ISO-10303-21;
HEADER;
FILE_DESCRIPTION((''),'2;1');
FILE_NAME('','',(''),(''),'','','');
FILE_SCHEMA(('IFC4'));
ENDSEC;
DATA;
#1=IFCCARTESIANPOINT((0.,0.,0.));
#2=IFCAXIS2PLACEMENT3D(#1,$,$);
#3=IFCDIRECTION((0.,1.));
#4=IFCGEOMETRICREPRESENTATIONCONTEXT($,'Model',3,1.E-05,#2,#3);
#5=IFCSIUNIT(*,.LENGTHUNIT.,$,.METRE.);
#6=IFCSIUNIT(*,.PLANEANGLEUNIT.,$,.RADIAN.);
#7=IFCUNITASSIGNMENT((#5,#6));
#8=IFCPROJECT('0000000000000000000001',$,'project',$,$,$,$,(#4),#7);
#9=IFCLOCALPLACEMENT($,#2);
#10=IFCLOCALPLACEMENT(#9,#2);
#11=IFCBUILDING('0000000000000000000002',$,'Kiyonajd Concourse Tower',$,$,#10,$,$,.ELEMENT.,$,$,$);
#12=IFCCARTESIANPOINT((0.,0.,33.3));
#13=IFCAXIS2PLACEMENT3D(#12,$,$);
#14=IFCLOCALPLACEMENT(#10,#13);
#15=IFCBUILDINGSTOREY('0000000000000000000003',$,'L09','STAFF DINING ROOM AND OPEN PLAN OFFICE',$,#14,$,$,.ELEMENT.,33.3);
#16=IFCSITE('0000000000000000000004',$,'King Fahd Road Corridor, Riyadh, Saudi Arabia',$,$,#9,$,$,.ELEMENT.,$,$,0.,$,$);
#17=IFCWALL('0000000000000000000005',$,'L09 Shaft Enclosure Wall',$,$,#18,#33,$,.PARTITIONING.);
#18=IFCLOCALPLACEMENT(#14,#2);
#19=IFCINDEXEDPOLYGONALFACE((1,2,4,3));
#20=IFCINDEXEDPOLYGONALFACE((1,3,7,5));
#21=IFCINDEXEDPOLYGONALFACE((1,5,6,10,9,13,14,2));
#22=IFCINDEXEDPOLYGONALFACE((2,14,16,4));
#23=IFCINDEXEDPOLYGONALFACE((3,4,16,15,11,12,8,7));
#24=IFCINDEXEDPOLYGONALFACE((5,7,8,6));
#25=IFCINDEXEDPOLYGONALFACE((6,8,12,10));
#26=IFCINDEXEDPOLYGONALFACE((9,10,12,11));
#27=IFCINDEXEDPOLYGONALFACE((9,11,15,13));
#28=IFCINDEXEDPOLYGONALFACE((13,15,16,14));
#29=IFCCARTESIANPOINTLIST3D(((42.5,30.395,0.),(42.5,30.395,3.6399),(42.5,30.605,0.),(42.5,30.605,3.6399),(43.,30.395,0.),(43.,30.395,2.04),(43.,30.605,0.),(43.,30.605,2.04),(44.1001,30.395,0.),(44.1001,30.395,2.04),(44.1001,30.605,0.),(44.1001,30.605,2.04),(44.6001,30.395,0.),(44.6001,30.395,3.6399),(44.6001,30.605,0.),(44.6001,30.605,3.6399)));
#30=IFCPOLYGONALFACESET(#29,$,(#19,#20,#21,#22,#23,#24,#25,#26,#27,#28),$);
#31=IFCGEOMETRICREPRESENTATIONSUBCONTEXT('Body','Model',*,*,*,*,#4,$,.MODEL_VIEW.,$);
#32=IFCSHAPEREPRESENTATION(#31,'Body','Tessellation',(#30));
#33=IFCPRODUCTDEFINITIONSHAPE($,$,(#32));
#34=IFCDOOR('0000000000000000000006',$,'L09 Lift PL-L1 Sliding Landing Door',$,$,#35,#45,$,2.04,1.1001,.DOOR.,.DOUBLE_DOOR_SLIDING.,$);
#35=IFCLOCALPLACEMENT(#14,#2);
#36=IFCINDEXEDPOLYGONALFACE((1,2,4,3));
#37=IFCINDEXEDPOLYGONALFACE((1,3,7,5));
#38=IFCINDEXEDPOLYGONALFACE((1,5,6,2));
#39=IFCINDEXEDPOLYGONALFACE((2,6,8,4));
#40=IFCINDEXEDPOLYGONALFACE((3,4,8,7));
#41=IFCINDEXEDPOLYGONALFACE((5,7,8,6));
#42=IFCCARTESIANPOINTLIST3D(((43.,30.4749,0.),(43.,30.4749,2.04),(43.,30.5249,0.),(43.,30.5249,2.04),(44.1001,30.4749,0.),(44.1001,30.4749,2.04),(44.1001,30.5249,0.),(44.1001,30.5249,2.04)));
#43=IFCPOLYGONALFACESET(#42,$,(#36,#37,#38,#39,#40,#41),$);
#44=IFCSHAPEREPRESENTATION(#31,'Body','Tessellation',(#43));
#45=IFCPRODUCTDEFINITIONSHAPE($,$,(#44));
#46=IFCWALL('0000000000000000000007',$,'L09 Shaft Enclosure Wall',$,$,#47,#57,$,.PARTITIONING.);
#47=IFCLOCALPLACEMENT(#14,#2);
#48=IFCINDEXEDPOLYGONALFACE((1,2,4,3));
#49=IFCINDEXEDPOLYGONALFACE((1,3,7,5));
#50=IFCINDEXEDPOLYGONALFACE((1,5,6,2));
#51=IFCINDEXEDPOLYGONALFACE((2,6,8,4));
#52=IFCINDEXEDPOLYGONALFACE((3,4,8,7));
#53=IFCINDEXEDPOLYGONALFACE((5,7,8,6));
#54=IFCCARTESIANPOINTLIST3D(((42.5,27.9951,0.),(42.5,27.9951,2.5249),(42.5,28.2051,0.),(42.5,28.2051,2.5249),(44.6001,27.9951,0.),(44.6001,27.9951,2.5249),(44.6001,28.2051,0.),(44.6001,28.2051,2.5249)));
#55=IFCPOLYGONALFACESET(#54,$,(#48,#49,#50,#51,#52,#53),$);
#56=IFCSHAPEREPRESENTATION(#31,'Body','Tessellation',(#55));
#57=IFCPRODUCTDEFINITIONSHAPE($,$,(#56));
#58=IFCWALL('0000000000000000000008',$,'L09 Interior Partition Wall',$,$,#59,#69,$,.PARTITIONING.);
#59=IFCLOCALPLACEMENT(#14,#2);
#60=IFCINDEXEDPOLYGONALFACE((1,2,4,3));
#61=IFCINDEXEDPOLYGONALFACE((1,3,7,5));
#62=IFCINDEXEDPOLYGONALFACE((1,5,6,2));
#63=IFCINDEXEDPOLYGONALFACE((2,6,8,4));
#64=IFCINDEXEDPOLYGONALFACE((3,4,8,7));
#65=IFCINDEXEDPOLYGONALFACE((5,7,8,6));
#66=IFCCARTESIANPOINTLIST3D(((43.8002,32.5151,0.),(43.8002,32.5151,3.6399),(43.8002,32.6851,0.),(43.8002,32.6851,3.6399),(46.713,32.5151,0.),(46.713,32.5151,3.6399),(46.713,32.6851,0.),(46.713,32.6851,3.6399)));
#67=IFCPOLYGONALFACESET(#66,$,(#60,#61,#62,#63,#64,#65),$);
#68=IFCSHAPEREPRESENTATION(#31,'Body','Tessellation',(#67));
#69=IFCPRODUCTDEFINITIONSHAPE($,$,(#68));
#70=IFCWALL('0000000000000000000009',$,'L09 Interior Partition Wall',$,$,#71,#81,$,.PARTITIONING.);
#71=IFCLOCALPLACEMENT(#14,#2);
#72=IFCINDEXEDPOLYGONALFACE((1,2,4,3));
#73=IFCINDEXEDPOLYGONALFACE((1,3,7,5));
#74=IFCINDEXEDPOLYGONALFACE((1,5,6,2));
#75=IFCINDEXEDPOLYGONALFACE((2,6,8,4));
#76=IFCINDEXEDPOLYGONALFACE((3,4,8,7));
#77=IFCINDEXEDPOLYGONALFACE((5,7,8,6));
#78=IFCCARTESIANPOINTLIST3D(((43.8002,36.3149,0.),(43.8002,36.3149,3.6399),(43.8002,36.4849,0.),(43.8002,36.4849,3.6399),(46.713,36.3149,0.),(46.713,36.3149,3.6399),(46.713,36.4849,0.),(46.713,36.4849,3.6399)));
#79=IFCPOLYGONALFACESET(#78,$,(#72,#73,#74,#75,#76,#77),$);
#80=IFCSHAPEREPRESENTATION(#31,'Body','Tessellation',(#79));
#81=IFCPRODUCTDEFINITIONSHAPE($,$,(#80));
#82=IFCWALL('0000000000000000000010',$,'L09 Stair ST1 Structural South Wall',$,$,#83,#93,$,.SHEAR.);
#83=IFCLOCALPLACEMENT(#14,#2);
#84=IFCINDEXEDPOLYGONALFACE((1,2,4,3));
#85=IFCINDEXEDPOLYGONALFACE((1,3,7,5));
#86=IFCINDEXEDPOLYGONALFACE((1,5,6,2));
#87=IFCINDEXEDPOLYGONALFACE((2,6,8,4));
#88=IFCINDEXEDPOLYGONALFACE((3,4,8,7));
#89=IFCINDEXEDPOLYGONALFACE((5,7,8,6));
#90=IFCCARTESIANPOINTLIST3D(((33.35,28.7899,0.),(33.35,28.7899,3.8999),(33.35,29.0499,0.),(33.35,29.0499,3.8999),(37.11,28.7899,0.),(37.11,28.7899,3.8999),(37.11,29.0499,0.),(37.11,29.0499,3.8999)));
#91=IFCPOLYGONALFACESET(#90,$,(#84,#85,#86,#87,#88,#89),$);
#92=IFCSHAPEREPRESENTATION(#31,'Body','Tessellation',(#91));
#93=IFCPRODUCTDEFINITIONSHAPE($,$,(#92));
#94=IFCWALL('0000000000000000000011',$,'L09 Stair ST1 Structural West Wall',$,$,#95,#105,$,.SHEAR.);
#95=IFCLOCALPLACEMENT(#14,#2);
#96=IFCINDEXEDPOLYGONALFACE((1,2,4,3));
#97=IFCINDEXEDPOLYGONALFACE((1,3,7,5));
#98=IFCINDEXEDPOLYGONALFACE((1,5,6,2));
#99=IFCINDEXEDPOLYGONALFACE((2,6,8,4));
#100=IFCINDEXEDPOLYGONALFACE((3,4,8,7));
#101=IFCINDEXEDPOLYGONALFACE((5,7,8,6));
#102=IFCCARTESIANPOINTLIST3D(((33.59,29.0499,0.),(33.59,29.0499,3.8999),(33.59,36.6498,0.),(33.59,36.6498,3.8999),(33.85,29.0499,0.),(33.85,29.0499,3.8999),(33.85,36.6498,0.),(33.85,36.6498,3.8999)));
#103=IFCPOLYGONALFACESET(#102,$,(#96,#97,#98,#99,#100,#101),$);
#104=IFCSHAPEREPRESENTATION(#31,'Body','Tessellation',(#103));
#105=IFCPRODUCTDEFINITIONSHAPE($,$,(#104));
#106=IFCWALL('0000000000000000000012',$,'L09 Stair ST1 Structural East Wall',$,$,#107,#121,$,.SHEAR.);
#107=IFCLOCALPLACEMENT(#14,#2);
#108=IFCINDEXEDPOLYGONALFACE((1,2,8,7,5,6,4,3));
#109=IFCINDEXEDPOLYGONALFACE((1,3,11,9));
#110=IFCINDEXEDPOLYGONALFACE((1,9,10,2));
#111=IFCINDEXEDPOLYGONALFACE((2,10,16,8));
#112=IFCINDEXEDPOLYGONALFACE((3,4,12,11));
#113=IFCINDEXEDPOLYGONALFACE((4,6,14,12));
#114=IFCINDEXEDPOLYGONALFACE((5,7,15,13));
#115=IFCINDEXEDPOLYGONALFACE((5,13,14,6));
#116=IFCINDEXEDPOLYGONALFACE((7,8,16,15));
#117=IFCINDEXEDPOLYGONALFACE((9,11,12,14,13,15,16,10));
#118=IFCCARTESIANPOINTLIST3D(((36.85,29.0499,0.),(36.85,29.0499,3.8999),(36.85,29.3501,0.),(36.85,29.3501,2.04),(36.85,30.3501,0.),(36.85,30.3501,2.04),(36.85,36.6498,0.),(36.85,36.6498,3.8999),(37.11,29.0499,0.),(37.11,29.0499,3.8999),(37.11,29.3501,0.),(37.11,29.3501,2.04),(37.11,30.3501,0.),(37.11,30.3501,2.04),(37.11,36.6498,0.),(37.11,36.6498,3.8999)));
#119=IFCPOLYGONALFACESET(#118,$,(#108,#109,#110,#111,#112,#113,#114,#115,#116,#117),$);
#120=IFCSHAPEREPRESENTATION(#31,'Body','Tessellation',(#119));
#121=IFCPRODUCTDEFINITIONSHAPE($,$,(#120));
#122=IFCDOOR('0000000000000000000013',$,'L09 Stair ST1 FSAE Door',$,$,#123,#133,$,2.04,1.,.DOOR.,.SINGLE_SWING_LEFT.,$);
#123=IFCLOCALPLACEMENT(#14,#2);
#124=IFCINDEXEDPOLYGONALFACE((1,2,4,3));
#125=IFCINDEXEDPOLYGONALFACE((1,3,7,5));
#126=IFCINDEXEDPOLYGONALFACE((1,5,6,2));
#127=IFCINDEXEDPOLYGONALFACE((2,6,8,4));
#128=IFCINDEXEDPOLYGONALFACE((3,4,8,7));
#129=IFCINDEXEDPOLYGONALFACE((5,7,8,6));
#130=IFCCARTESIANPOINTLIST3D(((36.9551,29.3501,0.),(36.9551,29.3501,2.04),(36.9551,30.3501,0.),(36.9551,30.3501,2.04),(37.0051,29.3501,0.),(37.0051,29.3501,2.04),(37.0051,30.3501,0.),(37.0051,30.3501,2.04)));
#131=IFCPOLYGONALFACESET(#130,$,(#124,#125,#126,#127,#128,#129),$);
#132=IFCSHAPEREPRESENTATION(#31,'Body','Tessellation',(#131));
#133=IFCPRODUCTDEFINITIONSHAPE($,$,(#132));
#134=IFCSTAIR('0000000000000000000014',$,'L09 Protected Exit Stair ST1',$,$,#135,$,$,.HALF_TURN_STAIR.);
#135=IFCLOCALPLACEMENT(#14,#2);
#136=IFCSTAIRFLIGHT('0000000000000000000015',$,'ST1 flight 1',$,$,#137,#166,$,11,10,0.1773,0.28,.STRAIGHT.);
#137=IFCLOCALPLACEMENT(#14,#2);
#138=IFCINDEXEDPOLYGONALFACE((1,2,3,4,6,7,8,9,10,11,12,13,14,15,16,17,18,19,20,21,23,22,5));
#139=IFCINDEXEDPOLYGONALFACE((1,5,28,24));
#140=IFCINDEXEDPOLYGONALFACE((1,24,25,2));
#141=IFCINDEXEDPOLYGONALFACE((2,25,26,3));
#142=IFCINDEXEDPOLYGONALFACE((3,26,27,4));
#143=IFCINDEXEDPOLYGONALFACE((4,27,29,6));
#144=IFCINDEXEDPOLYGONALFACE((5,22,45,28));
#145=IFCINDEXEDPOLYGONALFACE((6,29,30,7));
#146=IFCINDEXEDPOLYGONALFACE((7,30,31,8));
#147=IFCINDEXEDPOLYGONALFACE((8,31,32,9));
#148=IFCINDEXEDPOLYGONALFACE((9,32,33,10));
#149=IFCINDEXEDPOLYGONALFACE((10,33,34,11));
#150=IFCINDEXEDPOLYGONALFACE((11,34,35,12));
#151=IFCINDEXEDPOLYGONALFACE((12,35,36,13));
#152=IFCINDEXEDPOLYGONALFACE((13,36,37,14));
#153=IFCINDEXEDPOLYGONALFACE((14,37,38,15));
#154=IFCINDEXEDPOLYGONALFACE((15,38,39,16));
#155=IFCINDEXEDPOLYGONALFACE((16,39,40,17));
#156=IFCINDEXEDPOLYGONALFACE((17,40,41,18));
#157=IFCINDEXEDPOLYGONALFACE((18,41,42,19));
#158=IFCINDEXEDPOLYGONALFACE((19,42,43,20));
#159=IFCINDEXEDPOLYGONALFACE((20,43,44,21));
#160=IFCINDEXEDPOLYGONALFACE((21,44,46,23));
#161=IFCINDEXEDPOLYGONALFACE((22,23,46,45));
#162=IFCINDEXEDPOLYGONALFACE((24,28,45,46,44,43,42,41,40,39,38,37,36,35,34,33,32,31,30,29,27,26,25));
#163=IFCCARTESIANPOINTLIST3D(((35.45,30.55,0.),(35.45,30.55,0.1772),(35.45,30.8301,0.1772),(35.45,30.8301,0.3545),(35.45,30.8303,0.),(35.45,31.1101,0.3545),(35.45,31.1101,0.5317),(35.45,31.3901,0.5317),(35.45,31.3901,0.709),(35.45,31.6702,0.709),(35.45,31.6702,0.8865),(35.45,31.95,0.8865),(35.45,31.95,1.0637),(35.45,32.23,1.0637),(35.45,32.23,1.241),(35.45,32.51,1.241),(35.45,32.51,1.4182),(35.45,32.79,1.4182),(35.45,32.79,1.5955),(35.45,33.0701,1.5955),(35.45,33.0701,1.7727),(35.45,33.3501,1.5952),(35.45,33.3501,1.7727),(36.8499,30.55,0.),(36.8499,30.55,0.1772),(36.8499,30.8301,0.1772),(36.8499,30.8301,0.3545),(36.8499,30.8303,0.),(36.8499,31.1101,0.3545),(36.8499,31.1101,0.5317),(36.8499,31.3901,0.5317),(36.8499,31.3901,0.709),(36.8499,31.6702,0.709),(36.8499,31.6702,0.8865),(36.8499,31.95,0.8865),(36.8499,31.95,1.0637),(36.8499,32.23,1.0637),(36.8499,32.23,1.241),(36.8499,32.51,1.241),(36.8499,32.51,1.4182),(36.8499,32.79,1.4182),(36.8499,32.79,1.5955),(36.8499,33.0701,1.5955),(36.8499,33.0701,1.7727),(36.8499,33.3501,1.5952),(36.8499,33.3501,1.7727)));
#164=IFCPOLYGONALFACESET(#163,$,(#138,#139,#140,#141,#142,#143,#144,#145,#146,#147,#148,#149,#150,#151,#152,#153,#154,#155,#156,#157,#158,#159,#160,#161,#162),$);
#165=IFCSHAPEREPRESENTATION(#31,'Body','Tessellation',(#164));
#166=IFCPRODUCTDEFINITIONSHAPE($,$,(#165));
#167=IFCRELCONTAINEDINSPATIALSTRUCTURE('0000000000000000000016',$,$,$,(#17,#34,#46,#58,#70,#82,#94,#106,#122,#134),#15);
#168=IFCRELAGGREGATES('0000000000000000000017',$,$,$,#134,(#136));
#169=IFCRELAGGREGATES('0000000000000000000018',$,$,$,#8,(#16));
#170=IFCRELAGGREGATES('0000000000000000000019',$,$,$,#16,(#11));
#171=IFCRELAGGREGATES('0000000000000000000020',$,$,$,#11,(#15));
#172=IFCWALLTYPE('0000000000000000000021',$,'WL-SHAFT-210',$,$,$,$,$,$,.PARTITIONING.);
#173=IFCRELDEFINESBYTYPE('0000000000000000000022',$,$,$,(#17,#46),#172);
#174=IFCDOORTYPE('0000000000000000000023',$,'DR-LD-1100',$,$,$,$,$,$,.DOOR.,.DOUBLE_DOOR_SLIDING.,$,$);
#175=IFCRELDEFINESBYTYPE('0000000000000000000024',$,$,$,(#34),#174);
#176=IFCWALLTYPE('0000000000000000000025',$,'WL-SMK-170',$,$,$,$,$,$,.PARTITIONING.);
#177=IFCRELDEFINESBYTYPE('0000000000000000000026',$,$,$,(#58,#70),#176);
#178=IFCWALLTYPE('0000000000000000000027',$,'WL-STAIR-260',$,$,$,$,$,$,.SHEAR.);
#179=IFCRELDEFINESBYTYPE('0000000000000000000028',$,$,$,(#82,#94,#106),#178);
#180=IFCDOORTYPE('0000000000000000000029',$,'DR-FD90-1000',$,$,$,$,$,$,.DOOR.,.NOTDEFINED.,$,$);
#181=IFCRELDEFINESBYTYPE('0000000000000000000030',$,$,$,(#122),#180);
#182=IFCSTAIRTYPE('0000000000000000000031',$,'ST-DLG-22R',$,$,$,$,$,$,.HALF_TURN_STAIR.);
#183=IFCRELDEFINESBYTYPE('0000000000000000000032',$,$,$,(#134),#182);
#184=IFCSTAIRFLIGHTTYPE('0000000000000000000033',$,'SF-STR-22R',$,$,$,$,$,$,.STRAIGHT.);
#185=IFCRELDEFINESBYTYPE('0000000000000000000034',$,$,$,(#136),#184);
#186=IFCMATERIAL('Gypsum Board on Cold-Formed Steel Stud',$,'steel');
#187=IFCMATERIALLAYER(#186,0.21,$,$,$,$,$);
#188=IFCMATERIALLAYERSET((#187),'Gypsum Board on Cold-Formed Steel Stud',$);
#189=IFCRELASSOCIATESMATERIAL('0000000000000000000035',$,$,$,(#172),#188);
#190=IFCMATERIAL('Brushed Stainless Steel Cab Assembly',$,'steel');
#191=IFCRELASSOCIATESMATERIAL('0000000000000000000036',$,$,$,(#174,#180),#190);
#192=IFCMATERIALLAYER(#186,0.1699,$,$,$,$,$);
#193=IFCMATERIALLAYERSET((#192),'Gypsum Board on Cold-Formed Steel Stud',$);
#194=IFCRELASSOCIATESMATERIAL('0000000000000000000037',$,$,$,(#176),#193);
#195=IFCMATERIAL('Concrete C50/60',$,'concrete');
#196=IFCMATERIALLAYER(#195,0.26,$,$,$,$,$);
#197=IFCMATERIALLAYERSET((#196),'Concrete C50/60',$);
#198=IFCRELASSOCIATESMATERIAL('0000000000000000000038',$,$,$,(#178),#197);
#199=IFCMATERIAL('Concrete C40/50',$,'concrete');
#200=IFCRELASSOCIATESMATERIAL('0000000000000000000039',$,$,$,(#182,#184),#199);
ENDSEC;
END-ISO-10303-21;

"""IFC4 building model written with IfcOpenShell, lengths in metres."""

from ifc_helpers import new_model, si_unit, direction, frame, frame_2d, origin, place, context, subcontext, project, spatial, polyline, rectangle, outline, extrude, material, layer, layer_set, type_object, element, fill, aggregate, save


model = new_model("IFC4")

# Units and contexts
model_context = context("Model", 3, precision=1e-05, world=origin(), true_north=direction((0.0, 1.0)))
body_context = subcontext(model_context, "Body", "Model", "MODEL_VIEW")
ifc_project = project(units=[si_unit("LENGTHUNIT", "METRE"), si_unit("PLANEANGLEUNIT", "RADIAN")], contexts=[model_context])

# Site, building, storey
site_placement = place(None, origin())
site = spatial("IfcSite", under=ifc_project, at=site_placement, Name="King Fahd Road Corridor, Riyadh, Saudi Arabia", CompositionType="ELEMENT", RefElevation=0.0)
building_placement = place(site_placement, origin())
building = spatial("IfcBuilding", under=site, at=building_placement, Name="Kiyonajd Concourse Tower", CompositionType="ELEMENT")
storey_placement = place(building_placement, frame((0.0, 0.0, 33.3)))
storey = spatial("IfcBuildingStorey", under=building, at=storey_placement, Name="L09", Description="STAFF DINING ROOM AND OPEN PLAN OFFICE", CompositionType="ELEMENT", Elevation=33.3)

# Shared definitions
ifc_material_1 = material(Name="Concrete C50/60", Category="concrete")

# Shared definitions
ifc_material_2 = material(Name="Gypsum Board on Cold-Formed Steel Stud", Category="steel")

# Shared definitions
ifc_layer_1 = layer(ifc_material_2, 0.21)
ifc_layer_set_1 = layer_set([ifc_layer_1], Name="Gypsum Board on Cold-Formed Steel Stud")
wall_type_1 = type_object("IfcWallType", Name="WL-SHAFT-210", PredefinedType="PARTITIONING", material=ifc_layer_set_1)
ifc_material_3 = material(Name="Brushed Stainless Steel Cab Assembly", Category="steel")

# Wall, opening, door
wall_1_placement = place(storey_placement, frame((42.5, 30.5, 0.0), z_axis=(0.0, 0.0, 1.0), x_axis=(1.0, 0.0, 0.0)))
wall_1 = element("IfcWall", 1, at=wall_1_placement, inside=storey, type_object=wall_type_1, Name="L09 Shaft Enclosure Wall", PredefinedType="PARTITIONING", context=body_context, shape_type="SweptSolid", body=[
    extrude(rectangle(XDim=2.1001, YDim=0.21, at=frame_2d((1.05, 0.0))), origin(), (0.0, 0.0, 1.0), 3.6399),
])
opening_1_placement = place(wall_1_placement, frame((0.5, 0.0, 0.0)))
opening_1 = element("IfcOpeningElement", 2, at=opening_1_placement, cuts=wall_1, PredefinedType="OPENING", context=body_context, shape_type="SweptSolid", body=[
    extrude(rectangle(XDim=1.1001, YDim=2.04, at=frame_2d((0.55, 1.02))), frame((0.0, 0.115, 0.0), z_axis=(0.0, -1.0, 0.0), x_axis=(1.0, 0.0, 0.0)), (0.0, 0.0, 1.0), 0.23),
])
door_type_1 = type_object("IfcDoorType", Name="DR-LD-1100", OperationType="DOUBLE_DOOR_SLIDING", PredefinedType="DOOR", material=ifc_material_3)
door_1_placement = place(opening_1_placement, origin())
door_1 = element("IfcDoor", 3, at=door_1_placement, inside=storey, type_object=door_type_1, Name="L09 Lift PL-L1 Sliding Landing Door", OperationType="DOUBLE_DOOR_SLIDING", OverallHeight=2.04, OverallWidth=1.1001, PredefinedType="DOOR", context=body_context, shape_type="SweptSolid", body=[
    extrude(rectangle(XDim=1.1001, YDim=2.04, at=frame_2d((0.55, 1.02))), frame((0.0, 0.0249, 0.0), z_axis=(0.0, -1.0, 0.0), x_axis=(1.0, 0.0, 0.0)), (0.0, 0.0, 1.0), 0.05),
])
fill(opening_1, door_1)

# Walls
wall_2_placement = place(storey_placement, frame((42.5, 28.1001, 0.0), z_axis=(0.0, 0.0, 1.0), x_axis=(1.0, 0.0, 0.0)))
element("IfcWall", 4, at=wall_2_placement, inside=storey, type_object=wall_type_1, Name="L09 Shaft Enclosure Wall", PredefinedType="PARTITIONING", context=body_context, shape_type="SweptSolid", body=[
    extrude(rectangle(XDim=2.1001, YDim=0.21, at=frame_2d((1.05, 0.0))), origin(), (0.0, 0.0, 1.0), 2.5249),
])
ifc_layer_2 = layer(ifc_material_2, 0.1699)
ifc_layer_set_2 = layer_set([ifc_layer_2], Name="Gypsum Board on Cold-Formed Steel Stud")
wall_type_2 = type_object("IfcWallType", Name="WL-SMK-170", PredefinedType="PARTITIONING", material=ifc_layer_set_2)
for number, where, z_axis, x_axis, name in (
    (5, (43.8, 32.6001, 0.0), (0.0, 0.0, 1.0), (1.0, 0.0, 0.0), "L09 Interior Partition Wall"),
    (6, (43.8, 36.3999, 0.0), (0.0, 0.0, 1.0), (1.0, 0.0, 0.0), "L09 Interior Partition Wall"),
):
    element("IfcWall", number, at=place(storey_placement, frame(where, z_axis=z_axis, x_axis=x_axis)), inside=storey, type_object=wall_type_2, Name=name, PredefinedType="PARTITIONING", context=body_context, shape_type="SweptSolid", body=[
        extrude(rectangle(XDim=2.9128, YDim=0.1699, at=frame_2d((1.4565, 0.0))), origin(), (0.0, 0.0, 1.0), 3.6399),
    ])
ifc_layer_3 = layer(ifc_material_1, 0.26)
ifc_layer_set_3 = layer_set([ifc_layer_3], Name="Concrete C50/60")
wall_type_3 = type_object("IfcWallType", Name="WL-STAIR-260", PredefinedType="SHEAR", material=ifc_layer_set_3)
wall_3_placement = place(storey_placement, frame((33.3501, 28.9199, 0.0), z_axis=(0.0, 0.0, 1.0), x_axis=(1.0, 0.0, 0.0)))
element("IfcWall", 7, at=wall_3_placement, inside=storey, type_object=wall_type_3, Name="L09 Stair ST1 Structural South Wall", PredefinedType="SHEAR", context=body_context, shape_type="SweptSolid", body=[
    extrude(rectangle(XDim=3.76, YDim=0.26, at=frame_2d((1.8799, 0.0))), origin(), (0.0, 0.0, 1.0), 3.8999),
])
wall_4_placement = place(storey_placement, frame((33.72, 29.05, 0.0), z_axis=(0.0, 0.0, 1.0), x_axis=(0.0, 1.0, 0.0)))
element("IfcWall", 8, at=wall_4_placement, inside=storey, type_object=wall_type_3, Name="L09 Stair ST1 Structural West Wall", PredefinedType="SHEAR", context=body_context, shape_type="SweptSolid", body=[
    extrude(rectangle(XDim=7.5999, YDim=0.26, at=frame_2d((3.7998, 0.0))), origin(), (0.0, 0.0, 1.0), 3.8999),
])

# Wall, opening, door
wall_5_placement = place(storey_placement, frame((36.98, 29.05, 0.0), z_axis=(0.0, 0.0, 1.0), x_axis=(0.0, 1.0, 0.0)))
wall_5 = element("IfcWall", 9, at=wall_5_placement, inside=storey, type_object=wall_type_3, Name="L09 Stair ST1 Structural East Wall", PredefinedType="SHEAR", context=body_context, shape_type="SweptSolid", body=[
    extrude(rectangle(XDim=7.5999, YDim=0.26, at=frame_2d((3.7998, 0.0))), origin(), (0.0, 0.0, 1.0), 3.8999),
])
opening_2_placement = place(wall_5_placement, frame((0.3, 0.0, 0.0)))
opening_2 = element("IfcOpeningElement", 10, at=opening_2_placement, cuts=wall_5, PredefinedType="OPENING", context=body_context, shape_type="SweptSolid", body=[
    extrude(rectangle(XDim=1.0, YDim=2.04, at=frame_2d((0.5, 1.02))), frame((0.0, 0.1399, 0.0), z_axis=(0.0, -1.0, 0.0), x_axis=(1.0, 0.0, 0.0)), (0.0, 0.0, 1.0), 0.28),
])
door_type_2 = type_object("IfcDoorType", Name="DR-FD90-1000", OperationType="NOTDEFINED", PredefinedType="DOOR", material=ifc_material_3)
door_2_placement = place(opening_2_placement, origin())
door_2 = element("IfcDoor", 11, at=door_2_placement, inside=storey, type_object=door_type_2, Name="L09 Stair ST1 FSAE Door", OperationType="SINGLE_SWING_LEFT", OverallHeight=2.04, OverallWidth=1.0, PredefinedType="DOOR", context=body_context, shape_type="SweptSolid", body=[
    extrude(rectangle(XDim=1.0, YDim=2.04, at=frame_2d((0.5, 1.02))), frame((0.0, 0.0249, 0.0), z_axis=(0.0, -1.0, 0.0), x_axis=(1.0, 0.0, 0.0)), (0.0, 0.0, 1.0), 0.05),
])
fill(opening_2, door_2)

# Stair, stair flight
ifc_material_4 = material(Name="Concrete C40/50", Category="concrete")
stair_type = type_object("IfcStairType", Name="ST-DLG-22R", PredefinedType="HALF_TURN_STAIR", material=ifc_material_4)
stair_placement = place(storey_placement, origin())
stair = element("IfcStair", 12, at=stair_placement, inside=storey, type_object=stair_type, Name="L09 Protected Exit Stair ST1", PredefinedType="HALF_TURN_STAIR")
stair_flight_type = type_object("IfcStairFlightType", Name="SF-STR-22R", PredefinedType="STRAIGHT", material=ifc_material_4)
stair_flight_1_placement = place(storey_placement, frame((36.1499, 30.55, 0.0), z_axis=(0.0, 0.0, 1.0), x_axis=(0.0, 1.0, 0.0)))
stair_flight_1 = element("IfcStairFlight", 13, at=stair_flight_1_placement, type_object=stair_flight_type, Name="ST1 flight 1", NumberOfRisers=11, NumberOfTreads=10, PredefinedType="STRAIGHT", RiserHeight=0.1773, TreadLength=0.28, context=body_context, shape_type="SweptSolid", body=[
    extrude(outline(polyline([(0.0, 0.0), (0.0, 0.1772), (0.28, 0.1772), (0.28, 0.3545), (0.5601, 0.3545), (0.5601, 0.5317), (0.8401, 0.5317), (0.8401, 0.709), (1.1201, 0.709), (1.1201, 0.8865), (1.3999, 0.8865), (1.3999, 1.0637), (1.6799, 1.0637), (1.6799, 1.241), (1.96, 1.241), (1.96, 1.4182), (2.24, 1.4182), (2.24, 1.5955), (2.52, 1.5955), (2.52, 1.7727), (2.8, 1.7727), (2.8, 1.95), (2.8, 1.5952), (0.2803, 0.0), (0.0, 0.0)])), frame((0.0, 0.7, 0.0), z_axis=(0.0, -1.0, 0.0), x_axis=(1.0, 0.0, 0.0)), (0.0, 0.0, 1.0), 1.3999),
])
aggregate(stair, [stair_flight_1])

save(model, "model.ifc")
